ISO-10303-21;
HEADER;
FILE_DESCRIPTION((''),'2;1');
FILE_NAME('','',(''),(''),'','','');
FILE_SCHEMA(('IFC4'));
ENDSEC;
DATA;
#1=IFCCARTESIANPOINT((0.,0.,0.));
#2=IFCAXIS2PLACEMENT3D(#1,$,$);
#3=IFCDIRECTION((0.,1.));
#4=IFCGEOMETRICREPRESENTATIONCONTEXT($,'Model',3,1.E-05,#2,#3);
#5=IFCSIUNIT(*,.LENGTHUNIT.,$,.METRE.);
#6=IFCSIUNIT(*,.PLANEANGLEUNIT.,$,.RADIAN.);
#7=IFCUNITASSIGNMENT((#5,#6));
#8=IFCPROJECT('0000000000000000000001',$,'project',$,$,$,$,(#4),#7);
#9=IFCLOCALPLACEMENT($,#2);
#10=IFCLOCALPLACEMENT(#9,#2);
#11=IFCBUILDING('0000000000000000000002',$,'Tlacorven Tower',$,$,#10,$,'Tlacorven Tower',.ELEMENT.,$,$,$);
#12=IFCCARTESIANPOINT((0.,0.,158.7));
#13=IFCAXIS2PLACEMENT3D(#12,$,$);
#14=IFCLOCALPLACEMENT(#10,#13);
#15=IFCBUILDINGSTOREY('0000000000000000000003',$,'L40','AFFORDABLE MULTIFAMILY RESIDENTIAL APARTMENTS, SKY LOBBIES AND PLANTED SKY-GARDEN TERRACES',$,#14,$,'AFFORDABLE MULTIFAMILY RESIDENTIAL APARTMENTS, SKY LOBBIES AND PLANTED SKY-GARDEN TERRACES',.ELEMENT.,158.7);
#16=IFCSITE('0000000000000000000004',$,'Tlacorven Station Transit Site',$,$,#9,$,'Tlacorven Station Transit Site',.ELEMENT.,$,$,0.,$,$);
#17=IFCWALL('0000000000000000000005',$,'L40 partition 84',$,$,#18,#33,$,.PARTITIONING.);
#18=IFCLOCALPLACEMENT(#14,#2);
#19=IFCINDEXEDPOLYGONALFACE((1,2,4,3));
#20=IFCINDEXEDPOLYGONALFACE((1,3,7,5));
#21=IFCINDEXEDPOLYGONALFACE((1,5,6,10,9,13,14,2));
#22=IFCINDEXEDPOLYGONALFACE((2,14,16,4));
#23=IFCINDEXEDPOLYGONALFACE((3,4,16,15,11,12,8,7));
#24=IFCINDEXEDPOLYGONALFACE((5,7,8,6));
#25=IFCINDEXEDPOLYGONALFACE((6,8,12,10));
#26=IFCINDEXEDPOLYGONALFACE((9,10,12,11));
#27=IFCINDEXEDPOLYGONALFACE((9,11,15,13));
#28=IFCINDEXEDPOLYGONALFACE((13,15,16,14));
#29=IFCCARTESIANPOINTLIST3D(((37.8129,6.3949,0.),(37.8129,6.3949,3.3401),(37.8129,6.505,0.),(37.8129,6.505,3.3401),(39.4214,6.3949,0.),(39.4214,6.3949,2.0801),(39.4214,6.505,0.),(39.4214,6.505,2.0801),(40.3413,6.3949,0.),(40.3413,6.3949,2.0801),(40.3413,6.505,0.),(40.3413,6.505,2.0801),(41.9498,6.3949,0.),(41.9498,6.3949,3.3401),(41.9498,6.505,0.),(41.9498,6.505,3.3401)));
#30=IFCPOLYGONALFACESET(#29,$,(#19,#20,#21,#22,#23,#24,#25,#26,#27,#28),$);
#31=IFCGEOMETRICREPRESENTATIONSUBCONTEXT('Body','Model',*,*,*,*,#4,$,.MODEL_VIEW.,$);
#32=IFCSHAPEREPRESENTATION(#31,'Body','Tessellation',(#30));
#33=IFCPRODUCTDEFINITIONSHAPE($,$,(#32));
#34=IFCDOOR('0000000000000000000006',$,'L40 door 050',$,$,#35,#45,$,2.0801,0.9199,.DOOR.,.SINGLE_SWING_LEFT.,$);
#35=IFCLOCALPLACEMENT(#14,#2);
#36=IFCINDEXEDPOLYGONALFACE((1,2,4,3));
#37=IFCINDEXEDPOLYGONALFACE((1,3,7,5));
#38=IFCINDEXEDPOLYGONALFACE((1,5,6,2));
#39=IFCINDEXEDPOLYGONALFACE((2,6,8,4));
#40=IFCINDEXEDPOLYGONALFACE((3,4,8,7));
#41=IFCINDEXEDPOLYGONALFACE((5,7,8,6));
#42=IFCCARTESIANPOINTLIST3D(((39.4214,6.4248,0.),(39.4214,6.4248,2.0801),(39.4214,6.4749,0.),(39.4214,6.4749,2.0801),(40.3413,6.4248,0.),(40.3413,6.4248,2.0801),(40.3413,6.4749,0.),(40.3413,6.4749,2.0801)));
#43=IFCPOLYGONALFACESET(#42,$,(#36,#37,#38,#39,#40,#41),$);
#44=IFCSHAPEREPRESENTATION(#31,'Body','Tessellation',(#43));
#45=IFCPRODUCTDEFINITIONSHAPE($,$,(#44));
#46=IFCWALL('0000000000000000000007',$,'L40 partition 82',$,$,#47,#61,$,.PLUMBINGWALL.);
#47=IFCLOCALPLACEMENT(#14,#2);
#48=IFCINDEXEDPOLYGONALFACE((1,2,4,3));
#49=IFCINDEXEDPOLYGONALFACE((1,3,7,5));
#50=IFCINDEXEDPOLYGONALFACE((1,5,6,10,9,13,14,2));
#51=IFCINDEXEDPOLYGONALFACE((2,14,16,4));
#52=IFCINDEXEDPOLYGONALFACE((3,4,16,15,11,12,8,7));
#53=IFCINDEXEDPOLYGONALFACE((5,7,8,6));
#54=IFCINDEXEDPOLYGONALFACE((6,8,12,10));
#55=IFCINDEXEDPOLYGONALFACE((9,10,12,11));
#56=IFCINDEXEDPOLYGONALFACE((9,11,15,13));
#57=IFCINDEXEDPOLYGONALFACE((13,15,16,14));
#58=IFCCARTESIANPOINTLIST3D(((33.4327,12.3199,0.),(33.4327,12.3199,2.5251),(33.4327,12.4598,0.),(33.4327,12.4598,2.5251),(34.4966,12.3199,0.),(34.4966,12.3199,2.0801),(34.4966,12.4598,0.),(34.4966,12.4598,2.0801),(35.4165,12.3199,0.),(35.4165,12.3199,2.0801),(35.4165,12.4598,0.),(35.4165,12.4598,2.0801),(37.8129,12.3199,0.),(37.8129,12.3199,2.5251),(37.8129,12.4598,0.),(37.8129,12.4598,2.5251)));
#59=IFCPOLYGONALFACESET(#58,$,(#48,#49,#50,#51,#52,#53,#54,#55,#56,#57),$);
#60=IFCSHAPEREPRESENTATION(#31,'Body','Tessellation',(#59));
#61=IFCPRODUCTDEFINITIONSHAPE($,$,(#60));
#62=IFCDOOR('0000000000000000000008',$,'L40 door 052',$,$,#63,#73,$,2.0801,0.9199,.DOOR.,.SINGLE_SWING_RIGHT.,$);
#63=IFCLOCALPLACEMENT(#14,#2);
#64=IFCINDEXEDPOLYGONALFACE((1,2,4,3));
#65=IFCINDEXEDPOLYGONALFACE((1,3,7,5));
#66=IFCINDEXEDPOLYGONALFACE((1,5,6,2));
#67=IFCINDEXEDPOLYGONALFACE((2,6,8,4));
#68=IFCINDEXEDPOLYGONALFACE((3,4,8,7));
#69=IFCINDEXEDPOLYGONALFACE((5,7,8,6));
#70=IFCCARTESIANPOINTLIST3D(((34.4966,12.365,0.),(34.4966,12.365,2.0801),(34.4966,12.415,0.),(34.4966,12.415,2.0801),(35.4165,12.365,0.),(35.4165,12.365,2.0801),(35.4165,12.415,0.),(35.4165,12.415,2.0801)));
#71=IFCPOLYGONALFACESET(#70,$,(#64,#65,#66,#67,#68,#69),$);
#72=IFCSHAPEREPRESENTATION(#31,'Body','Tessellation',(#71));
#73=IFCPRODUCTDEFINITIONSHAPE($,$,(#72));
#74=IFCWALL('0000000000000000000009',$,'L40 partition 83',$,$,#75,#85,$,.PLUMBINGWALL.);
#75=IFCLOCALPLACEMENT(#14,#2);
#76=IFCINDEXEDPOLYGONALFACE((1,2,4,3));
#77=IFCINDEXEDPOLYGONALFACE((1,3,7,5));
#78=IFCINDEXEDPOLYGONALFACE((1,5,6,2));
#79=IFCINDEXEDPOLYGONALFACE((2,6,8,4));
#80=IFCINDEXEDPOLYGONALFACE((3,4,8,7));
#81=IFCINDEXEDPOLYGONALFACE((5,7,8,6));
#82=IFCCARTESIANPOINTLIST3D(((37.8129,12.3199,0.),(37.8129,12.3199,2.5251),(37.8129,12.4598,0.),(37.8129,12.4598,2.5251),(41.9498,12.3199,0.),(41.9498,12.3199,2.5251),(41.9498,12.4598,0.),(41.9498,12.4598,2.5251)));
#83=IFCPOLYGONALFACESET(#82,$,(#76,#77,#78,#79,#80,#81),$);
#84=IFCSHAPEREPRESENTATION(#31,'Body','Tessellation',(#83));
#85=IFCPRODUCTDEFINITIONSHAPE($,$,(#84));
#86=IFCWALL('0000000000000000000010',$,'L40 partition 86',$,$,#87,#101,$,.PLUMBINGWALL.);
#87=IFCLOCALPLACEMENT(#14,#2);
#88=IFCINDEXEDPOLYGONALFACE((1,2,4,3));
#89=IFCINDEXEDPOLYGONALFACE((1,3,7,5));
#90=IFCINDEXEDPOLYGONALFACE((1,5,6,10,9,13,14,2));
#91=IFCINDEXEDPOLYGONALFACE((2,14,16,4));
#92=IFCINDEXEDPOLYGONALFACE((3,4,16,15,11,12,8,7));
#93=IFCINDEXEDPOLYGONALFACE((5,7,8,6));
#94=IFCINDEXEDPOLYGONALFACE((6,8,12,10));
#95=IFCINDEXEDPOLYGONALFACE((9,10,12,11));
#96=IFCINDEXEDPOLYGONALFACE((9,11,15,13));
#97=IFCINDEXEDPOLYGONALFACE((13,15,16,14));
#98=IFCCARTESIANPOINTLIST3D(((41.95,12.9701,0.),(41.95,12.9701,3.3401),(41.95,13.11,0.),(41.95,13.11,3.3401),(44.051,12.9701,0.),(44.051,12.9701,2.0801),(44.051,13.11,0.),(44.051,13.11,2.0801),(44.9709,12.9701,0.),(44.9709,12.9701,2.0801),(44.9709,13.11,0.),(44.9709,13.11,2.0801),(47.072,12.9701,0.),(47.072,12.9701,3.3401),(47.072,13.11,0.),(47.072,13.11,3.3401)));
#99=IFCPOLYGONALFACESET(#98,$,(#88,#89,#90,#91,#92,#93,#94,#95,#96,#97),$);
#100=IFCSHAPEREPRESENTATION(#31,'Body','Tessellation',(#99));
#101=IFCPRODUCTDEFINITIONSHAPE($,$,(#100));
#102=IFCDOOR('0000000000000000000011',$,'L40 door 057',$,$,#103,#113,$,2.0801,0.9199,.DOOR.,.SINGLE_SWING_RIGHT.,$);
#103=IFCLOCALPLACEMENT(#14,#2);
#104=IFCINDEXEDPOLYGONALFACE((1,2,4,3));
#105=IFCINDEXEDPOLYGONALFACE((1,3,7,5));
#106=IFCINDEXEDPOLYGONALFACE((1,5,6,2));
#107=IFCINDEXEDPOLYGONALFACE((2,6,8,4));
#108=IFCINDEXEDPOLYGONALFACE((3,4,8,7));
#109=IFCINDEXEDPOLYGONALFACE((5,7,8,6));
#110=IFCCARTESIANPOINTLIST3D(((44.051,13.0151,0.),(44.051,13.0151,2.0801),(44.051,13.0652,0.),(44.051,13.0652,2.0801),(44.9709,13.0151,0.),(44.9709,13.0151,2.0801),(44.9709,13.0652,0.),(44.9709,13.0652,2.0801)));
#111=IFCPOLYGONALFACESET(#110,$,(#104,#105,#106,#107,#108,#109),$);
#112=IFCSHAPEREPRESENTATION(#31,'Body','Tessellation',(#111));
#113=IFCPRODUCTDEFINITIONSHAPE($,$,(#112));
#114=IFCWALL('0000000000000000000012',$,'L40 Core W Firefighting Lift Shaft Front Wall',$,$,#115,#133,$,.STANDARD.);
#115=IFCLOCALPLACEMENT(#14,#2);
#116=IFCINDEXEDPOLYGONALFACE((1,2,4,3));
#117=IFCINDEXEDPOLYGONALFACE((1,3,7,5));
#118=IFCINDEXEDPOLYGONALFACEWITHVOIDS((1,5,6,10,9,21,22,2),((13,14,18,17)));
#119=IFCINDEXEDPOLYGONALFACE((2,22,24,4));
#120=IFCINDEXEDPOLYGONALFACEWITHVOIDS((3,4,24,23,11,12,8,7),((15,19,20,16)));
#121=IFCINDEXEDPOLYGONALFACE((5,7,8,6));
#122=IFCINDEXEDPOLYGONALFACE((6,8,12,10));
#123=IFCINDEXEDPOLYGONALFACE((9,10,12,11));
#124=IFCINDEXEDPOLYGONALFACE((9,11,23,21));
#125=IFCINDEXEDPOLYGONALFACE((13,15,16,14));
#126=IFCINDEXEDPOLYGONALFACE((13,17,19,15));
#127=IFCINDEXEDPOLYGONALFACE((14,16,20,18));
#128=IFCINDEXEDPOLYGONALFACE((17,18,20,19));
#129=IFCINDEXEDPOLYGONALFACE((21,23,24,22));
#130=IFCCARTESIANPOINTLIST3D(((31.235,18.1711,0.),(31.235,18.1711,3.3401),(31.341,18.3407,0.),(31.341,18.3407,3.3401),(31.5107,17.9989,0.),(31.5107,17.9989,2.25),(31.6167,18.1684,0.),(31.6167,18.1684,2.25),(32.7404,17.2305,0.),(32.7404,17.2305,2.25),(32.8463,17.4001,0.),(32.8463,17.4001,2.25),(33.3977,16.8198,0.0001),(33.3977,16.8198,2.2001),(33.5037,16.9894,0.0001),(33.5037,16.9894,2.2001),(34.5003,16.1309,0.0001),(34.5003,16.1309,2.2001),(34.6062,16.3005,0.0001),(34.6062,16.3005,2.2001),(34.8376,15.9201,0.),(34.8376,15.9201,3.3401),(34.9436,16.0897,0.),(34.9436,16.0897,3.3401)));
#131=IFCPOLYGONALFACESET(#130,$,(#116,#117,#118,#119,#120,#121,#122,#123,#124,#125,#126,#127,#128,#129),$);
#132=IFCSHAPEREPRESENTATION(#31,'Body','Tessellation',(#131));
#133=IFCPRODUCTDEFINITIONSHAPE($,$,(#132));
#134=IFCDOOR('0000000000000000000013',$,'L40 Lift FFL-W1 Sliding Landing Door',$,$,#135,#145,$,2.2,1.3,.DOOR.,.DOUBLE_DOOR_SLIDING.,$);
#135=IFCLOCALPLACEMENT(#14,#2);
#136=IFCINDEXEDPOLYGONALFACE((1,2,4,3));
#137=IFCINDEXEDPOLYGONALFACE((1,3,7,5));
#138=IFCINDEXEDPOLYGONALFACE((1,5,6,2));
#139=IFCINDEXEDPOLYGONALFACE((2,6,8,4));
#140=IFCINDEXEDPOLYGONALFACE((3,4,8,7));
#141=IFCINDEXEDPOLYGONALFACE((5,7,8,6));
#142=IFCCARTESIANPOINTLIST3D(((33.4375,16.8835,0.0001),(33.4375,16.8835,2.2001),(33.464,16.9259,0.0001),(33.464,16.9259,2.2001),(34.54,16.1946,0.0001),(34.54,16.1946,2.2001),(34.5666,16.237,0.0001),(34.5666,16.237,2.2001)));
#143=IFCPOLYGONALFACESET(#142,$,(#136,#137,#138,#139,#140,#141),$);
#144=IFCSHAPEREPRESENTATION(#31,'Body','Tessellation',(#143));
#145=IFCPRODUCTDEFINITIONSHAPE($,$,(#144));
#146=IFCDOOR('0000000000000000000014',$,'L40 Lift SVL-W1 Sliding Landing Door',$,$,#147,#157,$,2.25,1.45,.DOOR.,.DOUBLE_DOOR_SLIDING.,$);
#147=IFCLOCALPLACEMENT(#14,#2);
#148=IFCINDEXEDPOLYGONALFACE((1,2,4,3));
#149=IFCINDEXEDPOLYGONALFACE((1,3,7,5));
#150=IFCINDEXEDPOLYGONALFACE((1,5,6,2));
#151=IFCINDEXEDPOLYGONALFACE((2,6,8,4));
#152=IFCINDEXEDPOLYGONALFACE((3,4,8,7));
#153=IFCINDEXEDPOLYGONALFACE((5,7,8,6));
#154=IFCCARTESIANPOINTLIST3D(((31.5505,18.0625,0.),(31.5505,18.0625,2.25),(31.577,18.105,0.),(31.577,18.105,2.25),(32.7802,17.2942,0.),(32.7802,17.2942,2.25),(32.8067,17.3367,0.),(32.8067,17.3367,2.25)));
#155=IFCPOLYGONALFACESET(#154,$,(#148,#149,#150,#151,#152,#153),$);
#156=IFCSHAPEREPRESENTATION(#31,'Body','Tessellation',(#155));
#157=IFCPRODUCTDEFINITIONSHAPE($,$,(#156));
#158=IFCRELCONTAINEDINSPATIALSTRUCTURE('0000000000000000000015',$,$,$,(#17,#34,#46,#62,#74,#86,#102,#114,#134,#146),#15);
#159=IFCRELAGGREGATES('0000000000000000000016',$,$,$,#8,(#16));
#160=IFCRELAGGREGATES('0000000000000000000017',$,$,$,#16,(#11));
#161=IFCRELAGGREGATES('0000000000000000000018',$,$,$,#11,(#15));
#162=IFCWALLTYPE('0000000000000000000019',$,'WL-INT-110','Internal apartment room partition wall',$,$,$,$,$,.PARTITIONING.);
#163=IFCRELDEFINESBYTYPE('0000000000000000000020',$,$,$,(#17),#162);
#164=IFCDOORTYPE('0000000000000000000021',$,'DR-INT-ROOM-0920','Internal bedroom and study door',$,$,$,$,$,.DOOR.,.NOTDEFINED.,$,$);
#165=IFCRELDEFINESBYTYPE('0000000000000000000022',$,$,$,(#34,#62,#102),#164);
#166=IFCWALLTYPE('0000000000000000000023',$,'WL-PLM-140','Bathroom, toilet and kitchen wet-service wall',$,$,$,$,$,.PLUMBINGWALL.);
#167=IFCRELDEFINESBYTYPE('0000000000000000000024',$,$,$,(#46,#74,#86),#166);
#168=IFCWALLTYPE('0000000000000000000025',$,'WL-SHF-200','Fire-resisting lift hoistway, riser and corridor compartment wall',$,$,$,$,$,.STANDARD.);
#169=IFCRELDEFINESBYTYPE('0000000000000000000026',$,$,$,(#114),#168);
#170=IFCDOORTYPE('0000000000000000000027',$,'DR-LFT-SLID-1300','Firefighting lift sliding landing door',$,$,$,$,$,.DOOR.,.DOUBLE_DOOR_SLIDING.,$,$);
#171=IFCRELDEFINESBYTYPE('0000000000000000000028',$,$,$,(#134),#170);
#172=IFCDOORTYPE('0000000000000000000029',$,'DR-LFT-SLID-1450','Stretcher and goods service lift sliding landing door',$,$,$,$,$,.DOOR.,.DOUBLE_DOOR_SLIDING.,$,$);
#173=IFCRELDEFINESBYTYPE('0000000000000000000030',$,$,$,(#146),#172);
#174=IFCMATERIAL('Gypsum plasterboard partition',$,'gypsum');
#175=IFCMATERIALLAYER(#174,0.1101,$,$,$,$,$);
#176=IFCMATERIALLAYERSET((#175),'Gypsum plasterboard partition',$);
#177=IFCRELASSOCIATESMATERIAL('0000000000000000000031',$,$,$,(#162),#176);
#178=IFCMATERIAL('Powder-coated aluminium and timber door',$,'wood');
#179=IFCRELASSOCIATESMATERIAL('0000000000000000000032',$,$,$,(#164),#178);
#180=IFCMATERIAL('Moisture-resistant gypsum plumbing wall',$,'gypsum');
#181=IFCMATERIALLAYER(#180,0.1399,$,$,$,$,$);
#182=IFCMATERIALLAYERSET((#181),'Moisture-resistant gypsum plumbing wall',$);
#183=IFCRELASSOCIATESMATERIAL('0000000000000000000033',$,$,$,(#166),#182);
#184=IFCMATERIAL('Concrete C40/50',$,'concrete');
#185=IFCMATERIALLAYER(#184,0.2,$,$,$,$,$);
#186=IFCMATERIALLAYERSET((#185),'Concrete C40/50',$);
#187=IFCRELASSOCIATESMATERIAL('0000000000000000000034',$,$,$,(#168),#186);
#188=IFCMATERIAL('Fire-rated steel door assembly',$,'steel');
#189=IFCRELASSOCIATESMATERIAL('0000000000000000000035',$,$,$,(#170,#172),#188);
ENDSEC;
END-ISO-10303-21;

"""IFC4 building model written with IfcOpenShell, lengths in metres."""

from ifc_helpers import new_model, si_unit, direction, frame, frame_2d, origin, place, context, subcontext, project, spatial, rectangle, extrude, source, transform, mapped, material, layer, layer_set, type_object, element, fill, save


model = new_model("IFC4")

# Units and contexts
model_context = context("Model", 3, precision=1e-05, world=origin(), true_north=direction((0.0, 1.0)))
body_context = subcontext(model_context, "Body", "Model", "MODEL_VIEW")
ifc_project = project(units=[si_unit("LENGTHUNIT", "METRE"), si_unit("PLANEANGLEUNIT", "RADIAN")], contexts=[model_context])

# Site, building, storey
site_placement = place(None, origin())
site = spatial("IfcSite", under=ifc_project, at=site_placement, Name="Tlacorven Station Transit Site", LongName="Tlacorven Station Transit Site", CompositionType="ELEMENT", RefElevation=0.0)
building_placement = place(site_placement, origin())
building = spatial("IfcBuilding", under=site, at=building_placement, Name="Tlacorven Tower", LongName="Tlacorven Tower", CompositionType="ELEMENT")
storey_placement = place(building_placement, frame((0.0, 0.0, 158.7)))
storey = spatial("IfcBuildingStorey", under=building, at=storey_placement, Name="L40", Description="AFFORDABLE MULTIFAMILY RESIDENTIAL APARTMENTS, SKY LOBBIES AND PLANTED SKY-GARDEN TERRACES", LongName="AFFORDABLE MULTIFAMILY RESIDENTIAL APARTMENTS, SKY LOBBIES AND PLANTED SKY-GARDEN TERRACES", CompositionType="ELEMENT", Elevation=158.7)

# Shared definitions
ifc_material_1 = material(Name="Fire-rated steel door assembly", Category="steel")

# Walls, openings, doors
ifc_material_2 = material(Name="Gypsum plasterboard partition", Category="gypsum")
ifc_layer_1 = layer(ifc_material_2, 0.1101)
ifc_layer_set_1 = layer_set([ifc_layer_1], Name="Gypsum plasterboard partition")
wall_type_1 = type_object("IfcWallType", Name="WL-INT-110", Description="Internal apartment room partition wall", PredefinedType="PARTITIONING", material=ifc_layer_set_1)
wall_1_placement = place(storey_placement, frame((37.813, 6.45, 0.0), z_axis=(0.0, 0.0, 1.0), x_axis=(1.0, 0.0, 0.0)))
wall_1 = element("IfcWall", 1, at=wall_1_placement, inside=storey, type_object=wall_type_1, Name="L40 partition 84", PredefinedType="PARTITIONING", context=body_context, shape_type="SweptSolid", body=[
    extrude(rectangle(XDim=4.137, YDim=0.1101, at=frame_2d((2.0684, 0.0))), origin(), (0.0, 0.0, 1.0), 3.3401),
])
opening_1_placement = place(wall_1_placement, frame((1.6084, 0.0, 0.0)))
opening_1 = element("IfcOpeningElement", 2, at=opening_1_placement, cuts=wall_1, PredefinedType="OPENING", context=body_context, shape_type="SweptSolid", body=[
    extrude(rectangle(XDim=0.9199, YDim=2.0801, at=frame_2d((0.46, 1.04))), frame((0.0, 0.0649, 0.0), z_axis=(0.0, -1.0, 0.0), x_axis=(1.0, 0.0, 0.0)), (0.0, 0.0, 1.0), 0.1301),
])
ifc_material_3 = material(Name="Powder-coated aluminium and timber door", Category="wood")
door_type_1 = type_object("IfcDoorType", Name="DR-INT-ROOM-0920", Description="Internal bedroom and study door", OperationType="NOTDEFINED", PredefinedType="DOOR", material=ifc_material_3)
shared_shape_1 = source(origin(), body_context, "Body", "SweptSolid", [
    extrude(rectangle(XDim=0.9199, YDim=2.0801, at=frame_2d((0.46, 1.04))), frame((0.0, 0.0249, 0.0), z_axis=(0.0, -1.0, 0.0), x_axis=(1.0, 0.0, 0.0)), (0.0, 0.0, 1.0), 0.05),
])
door_1_placement = place(opening_1_placement, origin())
door_1 = element("IfcDoor", 3, at=door_1_placement, inside=storey, type_object=door_type_1, Name="L40 door 050", OperationType="SINGLE_SWING_LEFT", OverallHeight=2.0801, OverallWidth=0.9199, PredefinedType="DOOR", context=body_context, shape_type="MappedRepresentation", body=[
    mapped(shared_shape_1, transform((0.0, 0.0, 0.0), scale=1.0)),
])
fill(opening_1, door_1)
ifc_material_4 = material(Name="Moisture-resistant gypsum plumbing wall", Category="gypsum")
ifc_layer_2 = layer(ifc_material_4, 0.1399)
ifc_layer_set_2 = layer_set([ifc_layer_2], Name="Moisture-resistant gypsum plumbing wall")
wall_type_2 = type_object("IfcWallType", Name="WL-PLM-140", Description="Bathroom, toilet and kitchen wet-service wall", PredefinedType="PLUMBINGWALL", material=ifc_layer_set_2)
wall_2_placement = place(storey_placement, frame((33.4329, 12.3899, 0.0), z_axis=(0.0, 0.0, 1.0), x_axis=(1.0, 0.0, 0.0)))
wall_2 = element("IfcWall", 4, at=wall_2_placement, inside=storey, type_object=wall_type_2, Name="L40 partition 82", PredefinedType="PLUMBINGWALL", context=body_context, shape_type="SweptSolid", body=[
    extrude(rectangle(XDim=4.3801, YDim=0.1399, at=frame_2d((2.1899, 0.0))), origin(), (0.0, 0.0, 1.0), 2.5251),
])
opening_2_placement = place(wall_2_placement, frame((1.0637, 0.0, 0.0)))
opening_2 = element("IfcOpeningElement", 5, at=opening_2_placement, cuts=wall_2, PredefinedType="OPENING", context=body_context, shape_type="SweptSolid", body=[
    extrude(rectangle(XDim=0.9199, YDim=2.0801, at=frame_2d((0.46, 1.04))), frame((0.0, 0.0801, 0.0), z_axis=(0.0, -1.0, 0.0), x_axis=(1.0, 0.0, 0.0)), (0.0, 0.0, 1.0), 0.1599),
])
door_2_placement = place(opening_2_placement, frame((0.9199, 0.0, 0.0), z_axis=(0.0, 0.0, 1.0), x_axis=(-1.0, 0.0, 0.0)))
door_2 = element("IfcDoor", 6, at=door_2_placement, inside=storey, type_object=door_type_1, Name="L40 door 052", OperationType="SINGLE_SWING_RIGHT", OverallHeight=2.0801, OverallWidth=0.9199, PredefinedType="DOOR", context=body_context, shape_type="MappedRepresentation", body=[
    mapped(shared_shape_1, transform((0.0, 0.0, 0.0), scale=1.0)),
])
fill(opening_2, door_2)

# Wall
wall_3_placement = place(storey_placement, frame((37.813, 12.3899, 0.0), z_axis=(0.0, 0.0, 1.0), x_axis=(1.0, 0.0, 0.0)))
element("IfcWall", 7, at=wall_3_placement, inside=storey, type_object=wall_type_2, Name="L40 partition 83", PredefinedType="PLUMBINGWALL", context=body_context, shape_type="SweptSolid", body=[
    extrude(rectangle(XDim=4.137, YDim=0.1399, at=frame_2d((2.0684, 0.0))), origin(), (0.0, 0.0, 1.0), 2.5251),
])

# Wall, opening, door
wall_4_placement = place(storey_placement, frame((41.95, 13.04, 0.0), z_axis=(0.0, 0.0, 1.0), x_axis=(1.0, 0.0, 0.0)))
wall_4 = element("IfcWall", 8, at=wall_4_placement, inside=storey, type_object=wall_type_2, Name="L40 partition 86", PredefinedType="PLUMBINGWALL", context=body_context, shape_type="SweptSolid", body=[
    extrude(rectangle(XDim=5.1221, YDim=0.1399, at=frame_2d((2.561, 0.0))), origin(), (0.0, 0.0, 1.0), 3.3401),
])
opening_3_placement = place(wall_4_placement, frame((2.1011, 0.0, 0.0)))
opening_3 = element("IfcOpeningElement", 9, at=opening_3_placement, cuts=wall_4, PredefinedType="OPENING", context=body_context, shape_type="SweptSolid", body=[
    extrude(rectangle(XDim=0.9199, YDim=2.0801, at=frame_2d((0.46, 1.04))), frame((0.0, 0.0801, 0.0), z_axis=(0.0, -1.0, 0.0), x_axis=(1.0, 0.0, 0.0)), (0.0, 0.0, 1.0), 0.1599),
])
door_3_placement = place(opening_3_placement, frame((0.9199, 0.0, 0.0), z_axis=(0.0, 0.0, 1.0), x_axis=(-1.0, 0.0, 0.0)))
door_3 = element("IfcDoor", 10, at=door_3_placement, inside=storey, type_object=door_type_1, Name="L40 door 057", OperationType="SINGLE_SWING_RIGHT", OverallHeight=2.0801, OverallWidth=0.9199, PredefinedType="DOOR", context=body_context, shape_type="MappedRepresentation", body=[
    mapped(shared_shape_1, transform((0.0, 0.0, 0.0), scale=1.0)),
])
fill(opening_3, door_3)

# Wall, openings, doors
ifc_material_5 = material(Name="Concrete C40/50", Category="concrete")
ifc_layer_3 = layer(ifc_material_5, 0.2)
ifc_layer_set_3 = layer_set([ifc_layer_3], Name="Concrete C40/50")
wall_type_3 = type_object("IfcWallType", Name="WL-SHF-200", Description="Fire-resisting lift hoistway, riser and corridor compartment wall", PredefinedType="STANDARD", material=ifc_layer_set_3)
wall_5_placement = place(storey_placement, frame((34.8906, 16.0049, 0.0), z_axis=(0.0, 0.0, 1.0), x_axis=(-0.848063, 0.529896, 0.0)))
wall_5 = element("IfcWall", 11, at=wall_5_placement, inside=storey, type_object=wall_type_3, Name="L40 Core W Firefighting Lift Shaft Front Wall", PredefinedType="STANDARD", context=body_context, shape_type="SweptSolid", body=[
    extrude(rectangle(XDim=4.248, YDim=0.2, at=frame_2d((2.124, 0.0))), origin(), (0.0, 0.0, 1.0), 3.3401),
])
opening_4_placement = place(wall_5_placement, frame((0.3979, 0.0, 0.0)))
opening_4 = element("IfcOpeningElement", 12, at=opening_4_placement, cuts=wall_5, PredefinedType="OPENING", context=body_context, shape_type="SweptSolid", body=[
    extrude(rectangle(XDim=1.3, YDim=2.2, at=frame_2d((0.6499, 1.1001))), frame((0.0, 0.1099, 0.0), z_axis=(0.0, -1.0, 0.0), x_axis=(1.0, 0.0, 0.0)), (0.0, 0.0, 1.0), 0.22),
])
opening_5_placement = place(wall_5_placement, frame((2.4729, 0.0, 0.0)))
opening_5 = element("IfcOpeningElement", 13, at=opening_5_placement, cuts=wall_5, PredefinedType="OPENING", context=body_context, shape_type="SweptSolid", body=[
    extrude(rectangle(XDim=1.45, YDim=2.25, at=frame_2d((0.7251, 1.125))), frame((0.0, 0.1099, 0.0), z_axis=(0.0, -1.0, 0.0), x_axis=(1.0, 0.0, 0.0)), (0.0, 0.0, 1.0), 0.22),
])
door_type_2 = type_object("IfcDoorType", Name="DR-LFT-SLID-1300", Description="Firefighting lift sliding landing door", OperationType="DOUBLE_DOOR_SLIDING", PredefinedType="DOOR", material=ifc_material_1)
shared_shape_2 = source(origin(), body_context, "Body", "SweptSolid", [
    extrude(rectangle(XDim=1.3, YDim=2.2, at=frame_2d((0.6499, 1.1001))), frame((0.0, 0.0249, 0.0), z_axis=(0.0, -1.0, 0.0), x_axis=(1.0, 0.0, 0.0)), (0.0, 0.0, 1.0), 0.05),
])
door_4_placement = place(opening_4_placement, origin())
door_4 = element("IfcDoor", 14, at=door_4_placement, inside=storey, type_object=door_type_2, Name="L40 Lift FFL-W1 Sliding Landing Door", OperationType="DOUBLE_DOOR_SLIDING", OverallHeight=2.2, OverallWidth=1.3, PredefinedType="DOOR", context=body_context, shape_type="MappedRepresentation", body=[
    mapped(shared_shape_2, transform((0.0, 0.0, 0.0), scale=1.0)),
])
fill(opening_4, door_4)
door_type_3 = type_object("IfcDoorType", Name="DR-LFT-SLID-1450", Description="Stretcher and goods service lift sliding landing door", OperationType="DOUBLE_DOOR_SLIDING", PredefinedType="DOOR", material=ifc_material_1)
shared_shape_3 = source(origin(), body_context, "Body", "SweptSolid", [
    extrude(rectangle(XDim=1.45, YDim=2.25, at=frame_2d((0.7251, 1.125))), frame((0.0, 0.0249, 0.0), z_axis=(0.0, -1.0, 0.0), x_axis=(1.0, 0.0, 0.0)), (0.0, 0.0, 1.0), 0.05),
])
door_5_placement = place(opening_5_placement, origin())
door_5 = element("IfcDoor", 15, at=door_5_placement, inside=storey, type_object=door_type_3, Name="L40 Lift SVL-W1 Sliding Landing Door", OperationType="DOUBLE_DOOR_SLIDING", OverallHeight=2.25, OverallWidth=1.45, PredefinedType="DOOR", context=body_context, shape_type="MappedRepresentation", body=[
    mapped(shared_shape_3, transform((0.0, 0.0, 0.0), scale=1.0)),
])
fill(opening_5, door_5)

save(model, "model.ifc")
